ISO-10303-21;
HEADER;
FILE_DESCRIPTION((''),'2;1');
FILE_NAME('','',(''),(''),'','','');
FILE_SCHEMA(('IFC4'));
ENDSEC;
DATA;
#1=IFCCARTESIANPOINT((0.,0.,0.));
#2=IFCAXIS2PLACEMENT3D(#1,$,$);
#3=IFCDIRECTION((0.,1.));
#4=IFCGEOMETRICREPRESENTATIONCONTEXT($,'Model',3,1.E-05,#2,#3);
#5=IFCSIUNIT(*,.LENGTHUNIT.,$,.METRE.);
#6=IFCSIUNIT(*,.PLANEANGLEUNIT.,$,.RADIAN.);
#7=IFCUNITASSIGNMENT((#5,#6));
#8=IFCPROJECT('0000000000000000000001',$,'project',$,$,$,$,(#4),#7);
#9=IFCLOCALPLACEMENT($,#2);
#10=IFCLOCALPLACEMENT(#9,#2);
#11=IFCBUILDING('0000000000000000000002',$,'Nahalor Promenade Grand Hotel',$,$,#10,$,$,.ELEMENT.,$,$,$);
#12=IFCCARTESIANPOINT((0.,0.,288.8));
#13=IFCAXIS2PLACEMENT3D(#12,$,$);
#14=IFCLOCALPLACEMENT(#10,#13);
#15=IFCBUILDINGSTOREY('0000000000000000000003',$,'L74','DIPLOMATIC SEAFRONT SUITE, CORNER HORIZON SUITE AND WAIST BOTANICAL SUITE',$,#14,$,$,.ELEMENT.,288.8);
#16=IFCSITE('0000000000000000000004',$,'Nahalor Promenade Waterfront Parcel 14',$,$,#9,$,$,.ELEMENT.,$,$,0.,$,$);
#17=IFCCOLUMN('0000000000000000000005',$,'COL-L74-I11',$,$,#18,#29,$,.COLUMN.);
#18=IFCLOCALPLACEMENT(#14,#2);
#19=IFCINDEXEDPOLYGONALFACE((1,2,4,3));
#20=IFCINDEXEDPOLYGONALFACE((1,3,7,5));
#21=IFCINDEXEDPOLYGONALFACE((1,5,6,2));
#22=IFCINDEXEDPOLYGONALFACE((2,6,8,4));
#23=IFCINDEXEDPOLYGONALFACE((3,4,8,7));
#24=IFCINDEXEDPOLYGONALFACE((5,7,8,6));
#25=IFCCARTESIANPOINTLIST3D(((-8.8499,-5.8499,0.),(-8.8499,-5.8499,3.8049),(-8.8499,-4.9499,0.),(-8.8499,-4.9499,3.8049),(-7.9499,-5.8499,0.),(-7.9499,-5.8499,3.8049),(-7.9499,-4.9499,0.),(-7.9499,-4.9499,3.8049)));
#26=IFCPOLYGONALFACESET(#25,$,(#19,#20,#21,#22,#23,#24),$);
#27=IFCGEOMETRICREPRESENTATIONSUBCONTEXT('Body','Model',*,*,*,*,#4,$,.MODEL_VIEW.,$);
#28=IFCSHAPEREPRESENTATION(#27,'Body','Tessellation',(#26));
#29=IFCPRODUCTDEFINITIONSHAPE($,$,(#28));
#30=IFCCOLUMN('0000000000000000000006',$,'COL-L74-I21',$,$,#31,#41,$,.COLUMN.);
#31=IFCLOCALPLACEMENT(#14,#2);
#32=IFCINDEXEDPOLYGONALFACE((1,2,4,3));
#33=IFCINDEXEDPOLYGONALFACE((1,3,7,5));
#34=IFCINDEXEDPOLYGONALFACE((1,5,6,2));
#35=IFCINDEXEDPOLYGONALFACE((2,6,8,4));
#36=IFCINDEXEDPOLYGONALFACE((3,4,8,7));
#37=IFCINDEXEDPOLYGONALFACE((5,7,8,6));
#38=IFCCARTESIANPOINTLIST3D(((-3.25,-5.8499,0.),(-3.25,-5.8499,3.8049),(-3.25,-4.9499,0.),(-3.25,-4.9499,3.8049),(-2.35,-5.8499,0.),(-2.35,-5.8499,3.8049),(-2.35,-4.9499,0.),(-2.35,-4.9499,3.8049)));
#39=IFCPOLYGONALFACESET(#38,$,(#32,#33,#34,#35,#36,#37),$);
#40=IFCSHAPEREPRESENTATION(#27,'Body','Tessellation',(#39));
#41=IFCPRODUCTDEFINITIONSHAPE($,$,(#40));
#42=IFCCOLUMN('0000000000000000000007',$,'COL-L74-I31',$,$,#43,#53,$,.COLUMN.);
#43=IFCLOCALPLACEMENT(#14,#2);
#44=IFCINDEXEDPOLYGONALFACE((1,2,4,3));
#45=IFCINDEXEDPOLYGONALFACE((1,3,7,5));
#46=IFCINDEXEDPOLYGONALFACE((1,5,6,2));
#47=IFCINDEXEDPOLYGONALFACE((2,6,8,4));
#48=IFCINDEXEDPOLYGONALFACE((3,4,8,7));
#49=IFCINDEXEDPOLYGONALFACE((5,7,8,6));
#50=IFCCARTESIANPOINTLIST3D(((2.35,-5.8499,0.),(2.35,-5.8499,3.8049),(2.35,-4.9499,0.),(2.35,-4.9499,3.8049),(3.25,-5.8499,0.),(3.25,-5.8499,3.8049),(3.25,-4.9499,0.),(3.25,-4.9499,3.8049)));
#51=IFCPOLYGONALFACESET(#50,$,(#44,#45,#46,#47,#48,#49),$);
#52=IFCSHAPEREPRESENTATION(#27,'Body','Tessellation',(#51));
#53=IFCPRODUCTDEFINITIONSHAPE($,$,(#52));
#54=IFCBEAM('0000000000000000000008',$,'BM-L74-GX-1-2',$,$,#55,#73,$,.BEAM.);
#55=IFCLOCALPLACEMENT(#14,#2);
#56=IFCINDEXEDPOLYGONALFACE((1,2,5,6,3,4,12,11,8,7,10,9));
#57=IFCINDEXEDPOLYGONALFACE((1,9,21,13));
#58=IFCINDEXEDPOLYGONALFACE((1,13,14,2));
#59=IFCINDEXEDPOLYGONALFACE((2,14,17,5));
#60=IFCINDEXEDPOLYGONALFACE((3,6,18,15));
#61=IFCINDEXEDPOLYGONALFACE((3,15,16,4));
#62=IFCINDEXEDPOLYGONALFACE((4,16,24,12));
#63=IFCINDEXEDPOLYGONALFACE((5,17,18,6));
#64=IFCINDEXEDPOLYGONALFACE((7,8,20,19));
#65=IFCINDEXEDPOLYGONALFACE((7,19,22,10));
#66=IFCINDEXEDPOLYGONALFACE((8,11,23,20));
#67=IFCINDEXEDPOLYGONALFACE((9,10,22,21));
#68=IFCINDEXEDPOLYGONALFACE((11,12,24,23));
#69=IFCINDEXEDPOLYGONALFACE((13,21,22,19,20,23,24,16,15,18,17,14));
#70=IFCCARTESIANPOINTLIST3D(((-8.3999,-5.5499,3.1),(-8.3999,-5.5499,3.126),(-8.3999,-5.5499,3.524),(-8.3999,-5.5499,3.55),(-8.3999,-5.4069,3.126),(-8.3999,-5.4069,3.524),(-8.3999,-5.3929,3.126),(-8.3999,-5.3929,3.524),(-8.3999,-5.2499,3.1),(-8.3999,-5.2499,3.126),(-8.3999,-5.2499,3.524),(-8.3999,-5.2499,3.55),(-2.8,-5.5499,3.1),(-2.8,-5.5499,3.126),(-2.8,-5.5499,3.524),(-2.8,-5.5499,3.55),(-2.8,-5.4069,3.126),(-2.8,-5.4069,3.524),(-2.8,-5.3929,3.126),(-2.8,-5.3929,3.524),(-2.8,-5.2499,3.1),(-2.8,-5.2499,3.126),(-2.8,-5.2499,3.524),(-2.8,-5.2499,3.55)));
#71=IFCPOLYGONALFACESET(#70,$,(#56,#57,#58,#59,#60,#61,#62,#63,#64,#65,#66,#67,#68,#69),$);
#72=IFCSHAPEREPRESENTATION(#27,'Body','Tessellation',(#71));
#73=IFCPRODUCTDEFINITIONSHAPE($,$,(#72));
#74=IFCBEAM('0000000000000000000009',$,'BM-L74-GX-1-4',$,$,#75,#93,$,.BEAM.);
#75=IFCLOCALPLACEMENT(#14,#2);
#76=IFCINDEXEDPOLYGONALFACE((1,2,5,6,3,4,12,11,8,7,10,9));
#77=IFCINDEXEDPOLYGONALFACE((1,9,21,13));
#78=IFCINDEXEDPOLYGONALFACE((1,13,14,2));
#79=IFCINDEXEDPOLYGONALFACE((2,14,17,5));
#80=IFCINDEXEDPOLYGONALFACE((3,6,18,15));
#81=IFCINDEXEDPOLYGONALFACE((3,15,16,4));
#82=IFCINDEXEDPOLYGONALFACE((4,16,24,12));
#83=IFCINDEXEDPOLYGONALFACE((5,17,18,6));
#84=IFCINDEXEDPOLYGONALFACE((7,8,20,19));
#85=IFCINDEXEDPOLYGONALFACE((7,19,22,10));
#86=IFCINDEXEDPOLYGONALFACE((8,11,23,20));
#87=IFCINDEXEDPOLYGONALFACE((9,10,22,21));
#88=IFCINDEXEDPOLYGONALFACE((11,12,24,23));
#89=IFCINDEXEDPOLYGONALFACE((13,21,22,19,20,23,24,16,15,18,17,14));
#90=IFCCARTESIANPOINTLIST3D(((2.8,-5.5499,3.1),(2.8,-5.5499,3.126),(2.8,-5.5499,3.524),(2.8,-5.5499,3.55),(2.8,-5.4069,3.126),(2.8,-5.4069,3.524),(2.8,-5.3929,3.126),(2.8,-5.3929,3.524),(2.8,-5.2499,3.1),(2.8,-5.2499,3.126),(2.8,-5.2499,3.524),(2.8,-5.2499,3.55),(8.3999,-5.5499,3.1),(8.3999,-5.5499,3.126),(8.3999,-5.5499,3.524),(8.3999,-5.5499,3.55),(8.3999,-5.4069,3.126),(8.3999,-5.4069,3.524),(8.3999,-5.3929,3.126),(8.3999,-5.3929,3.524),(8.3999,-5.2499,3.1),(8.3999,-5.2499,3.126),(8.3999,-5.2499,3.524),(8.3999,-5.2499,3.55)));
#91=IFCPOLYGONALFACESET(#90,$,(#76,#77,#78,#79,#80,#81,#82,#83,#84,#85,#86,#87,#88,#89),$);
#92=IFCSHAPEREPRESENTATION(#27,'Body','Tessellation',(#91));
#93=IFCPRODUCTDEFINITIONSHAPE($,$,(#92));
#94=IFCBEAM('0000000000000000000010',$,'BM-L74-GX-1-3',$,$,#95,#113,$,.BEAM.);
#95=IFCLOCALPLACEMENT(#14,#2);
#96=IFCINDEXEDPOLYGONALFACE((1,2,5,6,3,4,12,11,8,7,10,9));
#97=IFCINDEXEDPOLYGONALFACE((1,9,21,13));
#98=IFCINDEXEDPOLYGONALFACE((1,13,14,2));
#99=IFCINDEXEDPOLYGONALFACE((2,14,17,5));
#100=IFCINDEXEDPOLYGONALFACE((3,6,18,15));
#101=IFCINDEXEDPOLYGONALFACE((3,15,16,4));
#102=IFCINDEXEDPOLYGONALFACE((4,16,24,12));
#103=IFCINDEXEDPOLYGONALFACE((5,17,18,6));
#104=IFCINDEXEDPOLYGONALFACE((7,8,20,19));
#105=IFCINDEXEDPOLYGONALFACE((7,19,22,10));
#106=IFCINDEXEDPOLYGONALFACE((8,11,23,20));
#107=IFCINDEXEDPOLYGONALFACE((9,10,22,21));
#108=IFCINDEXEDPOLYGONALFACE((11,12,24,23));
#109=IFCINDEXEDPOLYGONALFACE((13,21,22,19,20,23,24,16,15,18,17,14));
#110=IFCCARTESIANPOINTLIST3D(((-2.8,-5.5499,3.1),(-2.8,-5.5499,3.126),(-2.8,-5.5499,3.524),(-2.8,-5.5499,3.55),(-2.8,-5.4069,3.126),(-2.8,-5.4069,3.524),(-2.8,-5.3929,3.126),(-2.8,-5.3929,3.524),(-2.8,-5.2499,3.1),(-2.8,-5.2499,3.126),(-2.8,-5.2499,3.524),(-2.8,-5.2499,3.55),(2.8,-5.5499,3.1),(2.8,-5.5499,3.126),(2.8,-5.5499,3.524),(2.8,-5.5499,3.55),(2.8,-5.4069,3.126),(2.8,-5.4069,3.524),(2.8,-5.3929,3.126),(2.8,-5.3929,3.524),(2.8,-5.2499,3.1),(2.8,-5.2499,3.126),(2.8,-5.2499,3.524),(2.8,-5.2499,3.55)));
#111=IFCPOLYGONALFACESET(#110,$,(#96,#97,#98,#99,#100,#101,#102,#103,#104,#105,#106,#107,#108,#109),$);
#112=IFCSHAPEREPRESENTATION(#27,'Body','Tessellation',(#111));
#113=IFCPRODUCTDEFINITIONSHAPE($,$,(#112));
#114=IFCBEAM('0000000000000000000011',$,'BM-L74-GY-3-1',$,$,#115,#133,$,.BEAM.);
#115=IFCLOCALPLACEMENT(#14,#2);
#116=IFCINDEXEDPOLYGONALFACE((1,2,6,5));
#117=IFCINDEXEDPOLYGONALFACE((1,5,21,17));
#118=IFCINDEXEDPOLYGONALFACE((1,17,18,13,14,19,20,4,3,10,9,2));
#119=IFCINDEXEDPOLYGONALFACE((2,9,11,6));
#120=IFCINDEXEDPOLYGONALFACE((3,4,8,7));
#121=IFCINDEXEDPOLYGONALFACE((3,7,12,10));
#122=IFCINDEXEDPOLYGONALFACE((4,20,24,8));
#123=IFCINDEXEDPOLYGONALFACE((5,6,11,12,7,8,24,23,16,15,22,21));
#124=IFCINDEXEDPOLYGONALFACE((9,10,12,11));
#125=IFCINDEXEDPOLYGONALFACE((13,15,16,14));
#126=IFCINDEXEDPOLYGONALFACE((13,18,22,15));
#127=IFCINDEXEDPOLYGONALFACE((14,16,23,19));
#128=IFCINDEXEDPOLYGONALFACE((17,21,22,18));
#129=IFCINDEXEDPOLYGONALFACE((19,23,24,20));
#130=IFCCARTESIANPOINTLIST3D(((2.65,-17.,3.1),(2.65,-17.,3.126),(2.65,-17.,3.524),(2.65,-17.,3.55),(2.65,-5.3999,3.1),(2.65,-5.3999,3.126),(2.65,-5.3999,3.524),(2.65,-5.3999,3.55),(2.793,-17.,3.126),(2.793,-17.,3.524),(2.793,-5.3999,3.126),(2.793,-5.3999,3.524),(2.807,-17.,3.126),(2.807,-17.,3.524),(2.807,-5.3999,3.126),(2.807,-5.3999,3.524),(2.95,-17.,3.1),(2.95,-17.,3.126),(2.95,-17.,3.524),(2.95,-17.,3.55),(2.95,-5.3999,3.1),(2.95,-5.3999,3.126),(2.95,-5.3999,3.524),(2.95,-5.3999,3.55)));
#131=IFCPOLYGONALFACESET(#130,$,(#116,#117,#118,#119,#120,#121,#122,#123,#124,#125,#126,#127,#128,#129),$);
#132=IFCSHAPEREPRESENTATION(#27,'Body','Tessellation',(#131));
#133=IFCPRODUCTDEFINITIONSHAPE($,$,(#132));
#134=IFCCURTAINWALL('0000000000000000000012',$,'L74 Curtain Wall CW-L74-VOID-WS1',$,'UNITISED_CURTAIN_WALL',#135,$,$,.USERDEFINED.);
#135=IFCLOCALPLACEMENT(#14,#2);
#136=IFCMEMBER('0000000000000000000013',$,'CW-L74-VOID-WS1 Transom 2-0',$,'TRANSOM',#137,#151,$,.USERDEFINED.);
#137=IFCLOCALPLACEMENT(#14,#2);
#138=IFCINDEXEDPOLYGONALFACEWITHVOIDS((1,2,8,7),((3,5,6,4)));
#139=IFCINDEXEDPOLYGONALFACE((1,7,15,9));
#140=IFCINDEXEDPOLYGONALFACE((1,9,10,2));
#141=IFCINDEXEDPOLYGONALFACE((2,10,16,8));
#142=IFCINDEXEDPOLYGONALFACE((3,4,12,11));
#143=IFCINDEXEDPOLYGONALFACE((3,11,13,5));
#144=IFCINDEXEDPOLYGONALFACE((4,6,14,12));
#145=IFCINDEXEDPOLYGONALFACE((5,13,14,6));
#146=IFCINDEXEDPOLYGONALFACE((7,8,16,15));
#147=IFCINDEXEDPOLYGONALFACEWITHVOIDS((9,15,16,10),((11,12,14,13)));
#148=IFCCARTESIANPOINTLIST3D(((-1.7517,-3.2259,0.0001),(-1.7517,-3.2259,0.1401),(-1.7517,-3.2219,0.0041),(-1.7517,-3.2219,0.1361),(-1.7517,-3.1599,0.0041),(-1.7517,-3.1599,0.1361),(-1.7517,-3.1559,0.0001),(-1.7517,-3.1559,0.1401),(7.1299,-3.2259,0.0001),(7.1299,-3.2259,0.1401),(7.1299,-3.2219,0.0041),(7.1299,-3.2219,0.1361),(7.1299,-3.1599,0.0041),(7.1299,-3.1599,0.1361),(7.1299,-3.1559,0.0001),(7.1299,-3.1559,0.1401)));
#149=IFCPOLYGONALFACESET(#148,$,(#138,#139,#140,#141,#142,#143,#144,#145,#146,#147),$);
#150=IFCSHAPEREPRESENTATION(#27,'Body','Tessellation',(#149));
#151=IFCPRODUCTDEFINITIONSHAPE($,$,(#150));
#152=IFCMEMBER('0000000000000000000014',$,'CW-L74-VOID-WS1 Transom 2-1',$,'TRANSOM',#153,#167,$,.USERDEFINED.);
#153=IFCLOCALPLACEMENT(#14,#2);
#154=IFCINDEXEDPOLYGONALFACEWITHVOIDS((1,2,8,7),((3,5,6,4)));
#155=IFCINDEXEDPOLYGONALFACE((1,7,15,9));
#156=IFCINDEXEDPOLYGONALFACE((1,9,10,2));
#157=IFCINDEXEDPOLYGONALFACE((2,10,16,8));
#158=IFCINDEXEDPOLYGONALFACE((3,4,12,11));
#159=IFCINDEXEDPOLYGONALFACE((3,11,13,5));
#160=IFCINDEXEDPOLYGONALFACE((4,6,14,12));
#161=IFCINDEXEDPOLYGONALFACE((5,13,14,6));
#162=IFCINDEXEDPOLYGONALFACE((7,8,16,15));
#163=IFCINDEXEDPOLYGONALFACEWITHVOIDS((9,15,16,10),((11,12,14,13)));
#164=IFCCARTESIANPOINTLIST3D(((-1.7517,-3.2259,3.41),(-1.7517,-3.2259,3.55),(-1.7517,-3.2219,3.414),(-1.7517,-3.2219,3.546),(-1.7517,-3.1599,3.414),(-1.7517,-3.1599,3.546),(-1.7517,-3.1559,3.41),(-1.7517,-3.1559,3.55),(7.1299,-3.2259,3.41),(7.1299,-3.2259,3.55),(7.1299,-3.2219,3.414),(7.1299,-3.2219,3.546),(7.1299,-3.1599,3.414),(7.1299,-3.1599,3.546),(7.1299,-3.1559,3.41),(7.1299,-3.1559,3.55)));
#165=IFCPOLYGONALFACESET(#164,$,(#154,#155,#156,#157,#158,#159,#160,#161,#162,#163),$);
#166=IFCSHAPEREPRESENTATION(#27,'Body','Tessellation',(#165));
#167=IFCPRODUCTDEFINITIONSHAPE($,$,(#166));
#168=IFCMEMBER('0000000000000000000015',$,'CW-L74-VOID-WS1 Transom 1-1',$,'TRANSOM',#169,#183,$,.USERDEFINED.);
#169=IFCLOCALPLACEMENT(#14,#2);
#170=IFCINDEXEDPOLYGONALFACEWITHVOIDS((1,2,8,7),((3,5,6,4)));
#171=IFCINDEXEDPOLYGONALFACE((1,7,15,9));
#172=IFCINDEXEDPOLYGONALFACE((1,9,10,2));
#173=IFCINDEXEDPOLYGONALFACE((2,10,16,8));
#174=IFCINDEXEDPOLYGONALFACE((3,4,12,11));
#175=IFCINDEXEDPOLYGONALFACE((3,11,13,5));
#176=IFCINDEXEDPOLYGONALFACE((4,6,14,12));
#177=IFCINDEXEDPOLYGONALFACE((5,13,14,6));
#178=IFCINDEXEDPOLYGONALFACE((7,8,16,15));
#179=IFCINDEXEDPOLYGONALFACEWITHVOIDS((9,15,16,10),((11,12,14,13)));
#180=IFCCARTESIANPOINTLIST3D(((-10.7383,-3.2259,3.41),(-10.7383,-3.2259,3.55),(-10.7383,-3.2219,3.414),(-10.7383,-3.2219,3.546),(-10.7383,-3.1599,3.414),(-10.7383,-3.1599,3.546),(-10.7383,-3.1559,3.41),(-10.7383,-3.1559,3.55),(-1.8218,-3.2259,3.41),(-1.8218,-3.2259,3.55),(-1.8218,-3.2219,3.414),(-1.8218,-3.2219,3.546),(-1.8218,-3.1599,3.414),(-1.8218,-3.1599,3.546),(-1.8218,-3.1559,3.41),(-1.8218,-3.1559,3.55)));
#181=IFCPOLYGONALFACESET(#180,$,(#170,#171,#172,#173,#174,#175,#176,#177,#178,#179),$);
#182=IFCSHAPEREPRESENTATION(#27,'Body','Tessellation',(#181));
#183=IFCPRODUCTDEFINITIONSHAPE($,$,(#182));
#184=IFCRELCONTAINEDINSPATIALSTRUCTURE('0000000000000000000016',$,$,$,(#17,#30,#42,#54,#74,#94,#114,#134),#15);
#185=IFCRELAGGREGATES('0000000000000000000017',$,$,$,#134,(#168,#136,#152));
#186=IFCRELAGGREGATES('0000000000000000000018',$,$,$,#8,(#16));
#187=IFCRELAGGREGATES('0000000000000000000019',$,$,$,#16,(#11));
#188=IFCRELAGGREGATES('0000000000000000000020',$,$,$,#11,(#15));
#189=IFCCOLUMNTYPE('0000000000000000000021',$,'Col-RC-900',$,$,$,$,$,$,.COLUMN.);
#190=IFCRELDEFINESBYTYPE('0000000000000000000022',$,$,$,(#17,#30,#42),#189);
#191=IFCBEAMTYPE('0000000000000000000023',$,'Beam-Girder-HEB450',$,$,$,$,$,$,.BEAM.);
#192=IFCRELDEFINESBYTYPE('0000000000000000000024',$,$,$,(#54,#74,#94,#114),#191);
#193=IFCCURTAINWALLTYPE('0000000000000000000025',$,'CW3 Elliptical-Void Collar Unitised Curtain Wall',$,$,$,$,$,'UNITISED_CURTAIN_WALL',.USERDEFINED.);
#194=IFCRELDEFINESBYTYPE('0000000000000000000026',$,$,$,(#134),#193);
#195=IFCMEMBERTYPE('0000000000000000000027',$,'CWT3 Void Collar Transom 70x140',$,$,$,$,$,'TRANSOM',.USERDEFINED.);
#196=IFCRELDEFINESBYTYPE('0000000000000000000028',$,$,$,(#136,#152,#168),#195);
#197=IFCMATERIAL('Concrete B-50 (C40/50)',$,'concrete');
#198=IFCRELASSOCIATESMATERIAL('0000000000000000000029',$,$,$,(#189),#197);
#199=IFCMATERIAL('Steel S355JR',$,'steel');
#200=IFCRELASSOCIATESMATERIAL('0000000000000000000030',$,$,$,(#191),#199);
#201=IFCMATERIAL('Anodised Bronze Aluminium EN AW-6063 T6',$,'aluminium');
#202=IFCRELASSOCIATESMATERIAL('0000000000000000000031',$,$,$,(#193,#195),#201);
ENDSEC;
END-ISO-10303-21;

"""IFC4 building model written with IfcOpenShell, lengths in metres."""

from ifc_helpers import new_model, si_unit, direction, frame, origin, origin_2d, place, context, subcontext, project, spatial, rectangle, hollow_rectangle, i_section, extrude, source, transform, mapped, material, material_profile, profile_set, type_object, element, aggregate, save


model = new_model("IFC4")

# Units and contexts
model_context = context("Model", 3, precision=1e-05, world=origin(), true_north=direction((0.0, 1.0)))
body_context = subcontext(model_context, "Body", "Model", "MODEL_VIEW")
ifc_project = project(units=[si_unit("LENGTHUNIT", "METRE"), si_unit("PLANEANGLEUNIT", "RADIAN")], contexts=[model_context])

# Site, building, storey
site_placement = place(None, origin())
site = spatial("IfcSite", under=ifc_project, at=site_placement, Name="Nahalor Promenade Waterfront Parcel 14", CompositionType="ELEMENT", RefElevation=0.0)
building_placement = place(site_placement, origin())
building = spatial("IfcBuilding", under=site, at=building_placement, Name="Nahalor Promenade Grand Hotel", CompositionType="ELEMENT")
storey_placement = place(building_placement, frame((0.0, 0.0, 288.8)))
storey = spatial("IfcBuildingStorey", under=building, at=storey_placement, Name="L74", Description="DIPLOMATIC SEAFRONT SUITE, CORNER HORIZON SUITE AND WAIST BOTANICAL SUITE", CompositionType="ELEMENT", Elevation=288.8)

# Columns
ifc_material_1 = material(Name="Concrete B-50 (C40/50)", Category="concrete")
ifc_material_profile_1 = material_profile(ifc_material_1, rectangle(XDim=0.9, YDim=0.9, at=origin_2d()), Name="RC 900x900")
ifc_profile_set_1 = profile_set([ifc_material_profile_1], Name="Concrete B-50 (C40/50)")
column_type = type_object("IfcColumnType", Name="Col-RC-900", PredefinedType="COLUMN", material=ifc_profile_set_1)
shared_shape_1 = source(origin(), body_context, "Body", "SweptSolid", [
    extrude(rectangle(XDim=0.9, YDim=0.9, at=origin_2d()), origin(), (0.0, 0.0, 1.0), 3.8049),
])
for number, where, z_axis, x_axis, name in (
    (1, (-8.3999, -5.3999, 0.0), (0.0, 0.0, 1.0), (1.0, 0.0, 0.0), "COL-L74-I11"),
    (2, (-2.8, -5.3999, 0.0), (0.0, 0.0, 1.0), (1.0, 0.0, 0.0), "COL-L74-I21"),
    (3, (2.8, -5.3999, 0.0), (0.0, 0.0, 1.0), (1.0, 0.0, 0.0), "COL-L74-I31"),
):
    element("IfcColumn", number, at=place(storey_placement, frame(where, z_axis=z_axis, x_axis=x_axis)), inside=storey, type_object=column_type, Name=name, PredefinedType="COLUMN", context=body_context, shape_type="MappedRepresentation", body=[
        mapped(shared_shape_1, transform((0.0, 0.0, 0.0), scale=1.0)),
    ])

# Beams
ifc_material_2 = material(Name="Steel S355JR", Category="steel")
ifc_material_profile_2 = material_profile(ifc_material_2, i_section(OverallWidth=0.3, OverallDepth=0.45, WebThickness=0.014, FlangeThickness=0.026, at=origin_2d()), Name="HEB 450")
ifc_profile_set_2 = profile_set([ifc_material_profile_2], Name="Steel S355JR")
beam_type = type_object("IfcBeamType", Name="Beam-Girder-HEB450", PredefinedType="BEAM", material=ifc_profile_set_2)
shared_shape_2 = source(origin(), body_context, "Body", "SweptSolid", [
    extrude(i_section(OverallWidth=0.3, OverallDepth=0.45, WebThickness=0.014, FlangeThickness=0.026, at=origin_2d()), origin(), (0.0, 0.0, 1.0), 5.5999),
])
for number, where, z_axis, x_axis, name in (
    (4, (-8.3999, -5.3999, 3.325), (1.0, 0.0, 0.0), (0.0, 1.0, 0.0), "BM-L74-GX-1-2"),
    (5, (2.8, -5.3999, 3.325), (1.0, 0.0, 0.0), (0.0, 1.0, 0.0), "BM-L74-GX-1-4"),
):
    element("IfcBeam", number, at=place(storey_placement, frame(where, z_axis=z_axis, x_axis=x_axis)), inside=storey, type_object=beam_type, Name=name, PredefinedType="BEAM", context=body_context, shape_type="MappedRepresentation", body=[
        mapped(shared_shape_2, transform((0.0, 0.0, 0.0), scale=1.0)),
    ])
shared_shape_3 = source(origin(), body_context, "Body", "SweptSolid", [
    extrude(i_section(OverallWidth=0.3, OverallDepth=0.45, WebThickness=0.014, FlangeThickness=0.026, at=origin_2d()), origin(), (0.0, 0.0, 1.0), 5.6001),
])
beam_1_placement = place(storey_placement, frame((-2.8, -5.3999, 3.325), z_axis=(1.0, 0.0, 0.0), x_axis=(0.0, 1.0, 0.0)))
element("IfcBeam", 6, at=beam_1_placement, inside=storey, type_object=beam_type, Name="BM-L74-GX-1-3", PredefinedType="BEAM", context=body_context, shape_type="MappedRepresentation", body=[
    mapped(shared_shape_3, transform((0.0, 0.0, 0.0), scale=1.0)),
])
shared_shape_4 = source(origin(), body_context, "Body", "SweptSolid", [
    extrude(i_section(OverallWidth=0.3, OverallDepth=0.45, WebThickness=0.014, FlangeThickness=0.026, at=origin_2d()), origin(), (0.0, 0.0, 1.0), 11.6001),
])
beam_2_placement = place(storey_placement, frame((2.8, -17.0, 3.325), z_axis=(0.0, 1.0, 0.0), x_axis=(-1.0, 0.0, 0.0)))
element("IfcBeam", 7, at=beam_2_placement, inside=storey, type_object=beam_type, Name="BM-L74-GY-3-1", PredefinedType="BEAM", context=body_context, shape_type="MappedRepresentation", body=[
    mapped(shared_shape_4, transform((0.0, 0.0, 0.0), scale=1.0)),
])

# Curtain wall, members
ifc_material_3 = material(Name="Anodised Bronze Aluminium EN AW-6063 T6", Category="aluminium")
curtain_wall_type = type_object("IfcCurtainWallType", Name="CW3 Elliptical-Void Collar Unitised Curtain Wall", ElementType="UNITISED_CURTAIN_WALL", PredefinedType="USERDEFINED", material=ifc_material_3)
curtain_wall_placement = place(storey_placement, origin())
curtain_wall = element("IfcCurtainWall", 8, at=curtain_wall_placement, inside=storey, type_object=curtain_wall_type, Name="L74 Curtain Wall CW-L74-VOID-WS1", ObjectType="UNITISED_CURTAIN_WALL", PredefinedType="USERDEFINED")
ifc_material_profile_3 = material_profile(ifc_material_3, hollow_rectangle(XDim=0.07, YDim=0.14, WallThickness=0.004, at=origin_2d()), Name="CWT 70x140x4")
ifc_profile_set_3 = profile_set([ifc_material_profile_3], Name="Anodised Bronze Aluminium EN AW-6063 T6")
member_type_1 = type_object("IfcMemberType", Name="CWT3 Void Collar Transom 70x140", ElementType="TRANSOM", PredefinedType="USERDEFINED", material=ifc_profile_set_3)
shared_shape_5 = source(origin(), body_context, "Body", "SweptSolid", [
    extrude(hollow_rectangle(XDim=0.07, YDim=0.14, WallThickness=0.004, at=origin_2d()), origin(), (0.0, 0.0, 1.0), 8.8816),
])
member_1_placement = place(storey_placement, frame((-1.7517, -3.1909, 0.0701), z_axis=(1.0, 0.0, 0.0), x_axis=(0.0, 1.0, 0.0)))
member_1 = element("IfcMember", 9, at=member_1_placement, type_object=member_type_1, Name="CW-L74-VOID-WS1 Transom 2-0", ObjectType="TRANSOM", PredefinedType="USERDEFINED", context=body_context, shape_type="MappedRepresentation", body=[
    mapped(shared_shape_5, transform((0.0, 0.0, 0.0), scale=1.0)),
])
member_2_placement = place(storey_placement, frame((-1.7517, -3.1909, 3.48), z_axis=(1.0, 0.0, 0.0), x_axis=(0.0, 1.0, 0.0)))
member_2 = element("IfcMember", 10, at=member_2_placement, type_object=member_type_1, Name="CW-L74-VOID-WS1 Transom 2-1", ObjectType="TRANSOM", PredefinedType="USERDEFINED", context=body_context, shape_type="MappedRepresentation", body=[
    mapped(shared_shape_5, transform((0.0, 0.0, 0.0), scale=1.0)),
])
shared_shape_6 = source(origin(), body_context, "Body", "SweptSolid", [
    extrude(hollow_rectangle(XDim=0.07, YDim=0.14, WallThickness=0.004, at=origin_2d()), origin(), (0.0, 0.0, 1.0), 8.9165),
])
member_3_placement = place(storey_placement, frame((-10.7383, -3.1909, 3.48), z_axis=(1.0, 0.0, 0.0), x_axis=(0.0, 1.0, 0.0)))
member_3 = element("IfcMember", 11, at=member_3_placement, type_object=member_type_1, Name="CW-L74-VOID-WS1 Transom 1-1", ObjectType="TRANSOM", PredefinedType="USERDEFINED", context=body_context, shape_type="MappedRepresentation", body=[
    mapped(shared_shape_6, transform((0.0, 0.0, 0.0), scale=1.0)),
])
aggregate(curtain_wall, [member_3, member_1, member_2])

save(model, "model.ifc")
